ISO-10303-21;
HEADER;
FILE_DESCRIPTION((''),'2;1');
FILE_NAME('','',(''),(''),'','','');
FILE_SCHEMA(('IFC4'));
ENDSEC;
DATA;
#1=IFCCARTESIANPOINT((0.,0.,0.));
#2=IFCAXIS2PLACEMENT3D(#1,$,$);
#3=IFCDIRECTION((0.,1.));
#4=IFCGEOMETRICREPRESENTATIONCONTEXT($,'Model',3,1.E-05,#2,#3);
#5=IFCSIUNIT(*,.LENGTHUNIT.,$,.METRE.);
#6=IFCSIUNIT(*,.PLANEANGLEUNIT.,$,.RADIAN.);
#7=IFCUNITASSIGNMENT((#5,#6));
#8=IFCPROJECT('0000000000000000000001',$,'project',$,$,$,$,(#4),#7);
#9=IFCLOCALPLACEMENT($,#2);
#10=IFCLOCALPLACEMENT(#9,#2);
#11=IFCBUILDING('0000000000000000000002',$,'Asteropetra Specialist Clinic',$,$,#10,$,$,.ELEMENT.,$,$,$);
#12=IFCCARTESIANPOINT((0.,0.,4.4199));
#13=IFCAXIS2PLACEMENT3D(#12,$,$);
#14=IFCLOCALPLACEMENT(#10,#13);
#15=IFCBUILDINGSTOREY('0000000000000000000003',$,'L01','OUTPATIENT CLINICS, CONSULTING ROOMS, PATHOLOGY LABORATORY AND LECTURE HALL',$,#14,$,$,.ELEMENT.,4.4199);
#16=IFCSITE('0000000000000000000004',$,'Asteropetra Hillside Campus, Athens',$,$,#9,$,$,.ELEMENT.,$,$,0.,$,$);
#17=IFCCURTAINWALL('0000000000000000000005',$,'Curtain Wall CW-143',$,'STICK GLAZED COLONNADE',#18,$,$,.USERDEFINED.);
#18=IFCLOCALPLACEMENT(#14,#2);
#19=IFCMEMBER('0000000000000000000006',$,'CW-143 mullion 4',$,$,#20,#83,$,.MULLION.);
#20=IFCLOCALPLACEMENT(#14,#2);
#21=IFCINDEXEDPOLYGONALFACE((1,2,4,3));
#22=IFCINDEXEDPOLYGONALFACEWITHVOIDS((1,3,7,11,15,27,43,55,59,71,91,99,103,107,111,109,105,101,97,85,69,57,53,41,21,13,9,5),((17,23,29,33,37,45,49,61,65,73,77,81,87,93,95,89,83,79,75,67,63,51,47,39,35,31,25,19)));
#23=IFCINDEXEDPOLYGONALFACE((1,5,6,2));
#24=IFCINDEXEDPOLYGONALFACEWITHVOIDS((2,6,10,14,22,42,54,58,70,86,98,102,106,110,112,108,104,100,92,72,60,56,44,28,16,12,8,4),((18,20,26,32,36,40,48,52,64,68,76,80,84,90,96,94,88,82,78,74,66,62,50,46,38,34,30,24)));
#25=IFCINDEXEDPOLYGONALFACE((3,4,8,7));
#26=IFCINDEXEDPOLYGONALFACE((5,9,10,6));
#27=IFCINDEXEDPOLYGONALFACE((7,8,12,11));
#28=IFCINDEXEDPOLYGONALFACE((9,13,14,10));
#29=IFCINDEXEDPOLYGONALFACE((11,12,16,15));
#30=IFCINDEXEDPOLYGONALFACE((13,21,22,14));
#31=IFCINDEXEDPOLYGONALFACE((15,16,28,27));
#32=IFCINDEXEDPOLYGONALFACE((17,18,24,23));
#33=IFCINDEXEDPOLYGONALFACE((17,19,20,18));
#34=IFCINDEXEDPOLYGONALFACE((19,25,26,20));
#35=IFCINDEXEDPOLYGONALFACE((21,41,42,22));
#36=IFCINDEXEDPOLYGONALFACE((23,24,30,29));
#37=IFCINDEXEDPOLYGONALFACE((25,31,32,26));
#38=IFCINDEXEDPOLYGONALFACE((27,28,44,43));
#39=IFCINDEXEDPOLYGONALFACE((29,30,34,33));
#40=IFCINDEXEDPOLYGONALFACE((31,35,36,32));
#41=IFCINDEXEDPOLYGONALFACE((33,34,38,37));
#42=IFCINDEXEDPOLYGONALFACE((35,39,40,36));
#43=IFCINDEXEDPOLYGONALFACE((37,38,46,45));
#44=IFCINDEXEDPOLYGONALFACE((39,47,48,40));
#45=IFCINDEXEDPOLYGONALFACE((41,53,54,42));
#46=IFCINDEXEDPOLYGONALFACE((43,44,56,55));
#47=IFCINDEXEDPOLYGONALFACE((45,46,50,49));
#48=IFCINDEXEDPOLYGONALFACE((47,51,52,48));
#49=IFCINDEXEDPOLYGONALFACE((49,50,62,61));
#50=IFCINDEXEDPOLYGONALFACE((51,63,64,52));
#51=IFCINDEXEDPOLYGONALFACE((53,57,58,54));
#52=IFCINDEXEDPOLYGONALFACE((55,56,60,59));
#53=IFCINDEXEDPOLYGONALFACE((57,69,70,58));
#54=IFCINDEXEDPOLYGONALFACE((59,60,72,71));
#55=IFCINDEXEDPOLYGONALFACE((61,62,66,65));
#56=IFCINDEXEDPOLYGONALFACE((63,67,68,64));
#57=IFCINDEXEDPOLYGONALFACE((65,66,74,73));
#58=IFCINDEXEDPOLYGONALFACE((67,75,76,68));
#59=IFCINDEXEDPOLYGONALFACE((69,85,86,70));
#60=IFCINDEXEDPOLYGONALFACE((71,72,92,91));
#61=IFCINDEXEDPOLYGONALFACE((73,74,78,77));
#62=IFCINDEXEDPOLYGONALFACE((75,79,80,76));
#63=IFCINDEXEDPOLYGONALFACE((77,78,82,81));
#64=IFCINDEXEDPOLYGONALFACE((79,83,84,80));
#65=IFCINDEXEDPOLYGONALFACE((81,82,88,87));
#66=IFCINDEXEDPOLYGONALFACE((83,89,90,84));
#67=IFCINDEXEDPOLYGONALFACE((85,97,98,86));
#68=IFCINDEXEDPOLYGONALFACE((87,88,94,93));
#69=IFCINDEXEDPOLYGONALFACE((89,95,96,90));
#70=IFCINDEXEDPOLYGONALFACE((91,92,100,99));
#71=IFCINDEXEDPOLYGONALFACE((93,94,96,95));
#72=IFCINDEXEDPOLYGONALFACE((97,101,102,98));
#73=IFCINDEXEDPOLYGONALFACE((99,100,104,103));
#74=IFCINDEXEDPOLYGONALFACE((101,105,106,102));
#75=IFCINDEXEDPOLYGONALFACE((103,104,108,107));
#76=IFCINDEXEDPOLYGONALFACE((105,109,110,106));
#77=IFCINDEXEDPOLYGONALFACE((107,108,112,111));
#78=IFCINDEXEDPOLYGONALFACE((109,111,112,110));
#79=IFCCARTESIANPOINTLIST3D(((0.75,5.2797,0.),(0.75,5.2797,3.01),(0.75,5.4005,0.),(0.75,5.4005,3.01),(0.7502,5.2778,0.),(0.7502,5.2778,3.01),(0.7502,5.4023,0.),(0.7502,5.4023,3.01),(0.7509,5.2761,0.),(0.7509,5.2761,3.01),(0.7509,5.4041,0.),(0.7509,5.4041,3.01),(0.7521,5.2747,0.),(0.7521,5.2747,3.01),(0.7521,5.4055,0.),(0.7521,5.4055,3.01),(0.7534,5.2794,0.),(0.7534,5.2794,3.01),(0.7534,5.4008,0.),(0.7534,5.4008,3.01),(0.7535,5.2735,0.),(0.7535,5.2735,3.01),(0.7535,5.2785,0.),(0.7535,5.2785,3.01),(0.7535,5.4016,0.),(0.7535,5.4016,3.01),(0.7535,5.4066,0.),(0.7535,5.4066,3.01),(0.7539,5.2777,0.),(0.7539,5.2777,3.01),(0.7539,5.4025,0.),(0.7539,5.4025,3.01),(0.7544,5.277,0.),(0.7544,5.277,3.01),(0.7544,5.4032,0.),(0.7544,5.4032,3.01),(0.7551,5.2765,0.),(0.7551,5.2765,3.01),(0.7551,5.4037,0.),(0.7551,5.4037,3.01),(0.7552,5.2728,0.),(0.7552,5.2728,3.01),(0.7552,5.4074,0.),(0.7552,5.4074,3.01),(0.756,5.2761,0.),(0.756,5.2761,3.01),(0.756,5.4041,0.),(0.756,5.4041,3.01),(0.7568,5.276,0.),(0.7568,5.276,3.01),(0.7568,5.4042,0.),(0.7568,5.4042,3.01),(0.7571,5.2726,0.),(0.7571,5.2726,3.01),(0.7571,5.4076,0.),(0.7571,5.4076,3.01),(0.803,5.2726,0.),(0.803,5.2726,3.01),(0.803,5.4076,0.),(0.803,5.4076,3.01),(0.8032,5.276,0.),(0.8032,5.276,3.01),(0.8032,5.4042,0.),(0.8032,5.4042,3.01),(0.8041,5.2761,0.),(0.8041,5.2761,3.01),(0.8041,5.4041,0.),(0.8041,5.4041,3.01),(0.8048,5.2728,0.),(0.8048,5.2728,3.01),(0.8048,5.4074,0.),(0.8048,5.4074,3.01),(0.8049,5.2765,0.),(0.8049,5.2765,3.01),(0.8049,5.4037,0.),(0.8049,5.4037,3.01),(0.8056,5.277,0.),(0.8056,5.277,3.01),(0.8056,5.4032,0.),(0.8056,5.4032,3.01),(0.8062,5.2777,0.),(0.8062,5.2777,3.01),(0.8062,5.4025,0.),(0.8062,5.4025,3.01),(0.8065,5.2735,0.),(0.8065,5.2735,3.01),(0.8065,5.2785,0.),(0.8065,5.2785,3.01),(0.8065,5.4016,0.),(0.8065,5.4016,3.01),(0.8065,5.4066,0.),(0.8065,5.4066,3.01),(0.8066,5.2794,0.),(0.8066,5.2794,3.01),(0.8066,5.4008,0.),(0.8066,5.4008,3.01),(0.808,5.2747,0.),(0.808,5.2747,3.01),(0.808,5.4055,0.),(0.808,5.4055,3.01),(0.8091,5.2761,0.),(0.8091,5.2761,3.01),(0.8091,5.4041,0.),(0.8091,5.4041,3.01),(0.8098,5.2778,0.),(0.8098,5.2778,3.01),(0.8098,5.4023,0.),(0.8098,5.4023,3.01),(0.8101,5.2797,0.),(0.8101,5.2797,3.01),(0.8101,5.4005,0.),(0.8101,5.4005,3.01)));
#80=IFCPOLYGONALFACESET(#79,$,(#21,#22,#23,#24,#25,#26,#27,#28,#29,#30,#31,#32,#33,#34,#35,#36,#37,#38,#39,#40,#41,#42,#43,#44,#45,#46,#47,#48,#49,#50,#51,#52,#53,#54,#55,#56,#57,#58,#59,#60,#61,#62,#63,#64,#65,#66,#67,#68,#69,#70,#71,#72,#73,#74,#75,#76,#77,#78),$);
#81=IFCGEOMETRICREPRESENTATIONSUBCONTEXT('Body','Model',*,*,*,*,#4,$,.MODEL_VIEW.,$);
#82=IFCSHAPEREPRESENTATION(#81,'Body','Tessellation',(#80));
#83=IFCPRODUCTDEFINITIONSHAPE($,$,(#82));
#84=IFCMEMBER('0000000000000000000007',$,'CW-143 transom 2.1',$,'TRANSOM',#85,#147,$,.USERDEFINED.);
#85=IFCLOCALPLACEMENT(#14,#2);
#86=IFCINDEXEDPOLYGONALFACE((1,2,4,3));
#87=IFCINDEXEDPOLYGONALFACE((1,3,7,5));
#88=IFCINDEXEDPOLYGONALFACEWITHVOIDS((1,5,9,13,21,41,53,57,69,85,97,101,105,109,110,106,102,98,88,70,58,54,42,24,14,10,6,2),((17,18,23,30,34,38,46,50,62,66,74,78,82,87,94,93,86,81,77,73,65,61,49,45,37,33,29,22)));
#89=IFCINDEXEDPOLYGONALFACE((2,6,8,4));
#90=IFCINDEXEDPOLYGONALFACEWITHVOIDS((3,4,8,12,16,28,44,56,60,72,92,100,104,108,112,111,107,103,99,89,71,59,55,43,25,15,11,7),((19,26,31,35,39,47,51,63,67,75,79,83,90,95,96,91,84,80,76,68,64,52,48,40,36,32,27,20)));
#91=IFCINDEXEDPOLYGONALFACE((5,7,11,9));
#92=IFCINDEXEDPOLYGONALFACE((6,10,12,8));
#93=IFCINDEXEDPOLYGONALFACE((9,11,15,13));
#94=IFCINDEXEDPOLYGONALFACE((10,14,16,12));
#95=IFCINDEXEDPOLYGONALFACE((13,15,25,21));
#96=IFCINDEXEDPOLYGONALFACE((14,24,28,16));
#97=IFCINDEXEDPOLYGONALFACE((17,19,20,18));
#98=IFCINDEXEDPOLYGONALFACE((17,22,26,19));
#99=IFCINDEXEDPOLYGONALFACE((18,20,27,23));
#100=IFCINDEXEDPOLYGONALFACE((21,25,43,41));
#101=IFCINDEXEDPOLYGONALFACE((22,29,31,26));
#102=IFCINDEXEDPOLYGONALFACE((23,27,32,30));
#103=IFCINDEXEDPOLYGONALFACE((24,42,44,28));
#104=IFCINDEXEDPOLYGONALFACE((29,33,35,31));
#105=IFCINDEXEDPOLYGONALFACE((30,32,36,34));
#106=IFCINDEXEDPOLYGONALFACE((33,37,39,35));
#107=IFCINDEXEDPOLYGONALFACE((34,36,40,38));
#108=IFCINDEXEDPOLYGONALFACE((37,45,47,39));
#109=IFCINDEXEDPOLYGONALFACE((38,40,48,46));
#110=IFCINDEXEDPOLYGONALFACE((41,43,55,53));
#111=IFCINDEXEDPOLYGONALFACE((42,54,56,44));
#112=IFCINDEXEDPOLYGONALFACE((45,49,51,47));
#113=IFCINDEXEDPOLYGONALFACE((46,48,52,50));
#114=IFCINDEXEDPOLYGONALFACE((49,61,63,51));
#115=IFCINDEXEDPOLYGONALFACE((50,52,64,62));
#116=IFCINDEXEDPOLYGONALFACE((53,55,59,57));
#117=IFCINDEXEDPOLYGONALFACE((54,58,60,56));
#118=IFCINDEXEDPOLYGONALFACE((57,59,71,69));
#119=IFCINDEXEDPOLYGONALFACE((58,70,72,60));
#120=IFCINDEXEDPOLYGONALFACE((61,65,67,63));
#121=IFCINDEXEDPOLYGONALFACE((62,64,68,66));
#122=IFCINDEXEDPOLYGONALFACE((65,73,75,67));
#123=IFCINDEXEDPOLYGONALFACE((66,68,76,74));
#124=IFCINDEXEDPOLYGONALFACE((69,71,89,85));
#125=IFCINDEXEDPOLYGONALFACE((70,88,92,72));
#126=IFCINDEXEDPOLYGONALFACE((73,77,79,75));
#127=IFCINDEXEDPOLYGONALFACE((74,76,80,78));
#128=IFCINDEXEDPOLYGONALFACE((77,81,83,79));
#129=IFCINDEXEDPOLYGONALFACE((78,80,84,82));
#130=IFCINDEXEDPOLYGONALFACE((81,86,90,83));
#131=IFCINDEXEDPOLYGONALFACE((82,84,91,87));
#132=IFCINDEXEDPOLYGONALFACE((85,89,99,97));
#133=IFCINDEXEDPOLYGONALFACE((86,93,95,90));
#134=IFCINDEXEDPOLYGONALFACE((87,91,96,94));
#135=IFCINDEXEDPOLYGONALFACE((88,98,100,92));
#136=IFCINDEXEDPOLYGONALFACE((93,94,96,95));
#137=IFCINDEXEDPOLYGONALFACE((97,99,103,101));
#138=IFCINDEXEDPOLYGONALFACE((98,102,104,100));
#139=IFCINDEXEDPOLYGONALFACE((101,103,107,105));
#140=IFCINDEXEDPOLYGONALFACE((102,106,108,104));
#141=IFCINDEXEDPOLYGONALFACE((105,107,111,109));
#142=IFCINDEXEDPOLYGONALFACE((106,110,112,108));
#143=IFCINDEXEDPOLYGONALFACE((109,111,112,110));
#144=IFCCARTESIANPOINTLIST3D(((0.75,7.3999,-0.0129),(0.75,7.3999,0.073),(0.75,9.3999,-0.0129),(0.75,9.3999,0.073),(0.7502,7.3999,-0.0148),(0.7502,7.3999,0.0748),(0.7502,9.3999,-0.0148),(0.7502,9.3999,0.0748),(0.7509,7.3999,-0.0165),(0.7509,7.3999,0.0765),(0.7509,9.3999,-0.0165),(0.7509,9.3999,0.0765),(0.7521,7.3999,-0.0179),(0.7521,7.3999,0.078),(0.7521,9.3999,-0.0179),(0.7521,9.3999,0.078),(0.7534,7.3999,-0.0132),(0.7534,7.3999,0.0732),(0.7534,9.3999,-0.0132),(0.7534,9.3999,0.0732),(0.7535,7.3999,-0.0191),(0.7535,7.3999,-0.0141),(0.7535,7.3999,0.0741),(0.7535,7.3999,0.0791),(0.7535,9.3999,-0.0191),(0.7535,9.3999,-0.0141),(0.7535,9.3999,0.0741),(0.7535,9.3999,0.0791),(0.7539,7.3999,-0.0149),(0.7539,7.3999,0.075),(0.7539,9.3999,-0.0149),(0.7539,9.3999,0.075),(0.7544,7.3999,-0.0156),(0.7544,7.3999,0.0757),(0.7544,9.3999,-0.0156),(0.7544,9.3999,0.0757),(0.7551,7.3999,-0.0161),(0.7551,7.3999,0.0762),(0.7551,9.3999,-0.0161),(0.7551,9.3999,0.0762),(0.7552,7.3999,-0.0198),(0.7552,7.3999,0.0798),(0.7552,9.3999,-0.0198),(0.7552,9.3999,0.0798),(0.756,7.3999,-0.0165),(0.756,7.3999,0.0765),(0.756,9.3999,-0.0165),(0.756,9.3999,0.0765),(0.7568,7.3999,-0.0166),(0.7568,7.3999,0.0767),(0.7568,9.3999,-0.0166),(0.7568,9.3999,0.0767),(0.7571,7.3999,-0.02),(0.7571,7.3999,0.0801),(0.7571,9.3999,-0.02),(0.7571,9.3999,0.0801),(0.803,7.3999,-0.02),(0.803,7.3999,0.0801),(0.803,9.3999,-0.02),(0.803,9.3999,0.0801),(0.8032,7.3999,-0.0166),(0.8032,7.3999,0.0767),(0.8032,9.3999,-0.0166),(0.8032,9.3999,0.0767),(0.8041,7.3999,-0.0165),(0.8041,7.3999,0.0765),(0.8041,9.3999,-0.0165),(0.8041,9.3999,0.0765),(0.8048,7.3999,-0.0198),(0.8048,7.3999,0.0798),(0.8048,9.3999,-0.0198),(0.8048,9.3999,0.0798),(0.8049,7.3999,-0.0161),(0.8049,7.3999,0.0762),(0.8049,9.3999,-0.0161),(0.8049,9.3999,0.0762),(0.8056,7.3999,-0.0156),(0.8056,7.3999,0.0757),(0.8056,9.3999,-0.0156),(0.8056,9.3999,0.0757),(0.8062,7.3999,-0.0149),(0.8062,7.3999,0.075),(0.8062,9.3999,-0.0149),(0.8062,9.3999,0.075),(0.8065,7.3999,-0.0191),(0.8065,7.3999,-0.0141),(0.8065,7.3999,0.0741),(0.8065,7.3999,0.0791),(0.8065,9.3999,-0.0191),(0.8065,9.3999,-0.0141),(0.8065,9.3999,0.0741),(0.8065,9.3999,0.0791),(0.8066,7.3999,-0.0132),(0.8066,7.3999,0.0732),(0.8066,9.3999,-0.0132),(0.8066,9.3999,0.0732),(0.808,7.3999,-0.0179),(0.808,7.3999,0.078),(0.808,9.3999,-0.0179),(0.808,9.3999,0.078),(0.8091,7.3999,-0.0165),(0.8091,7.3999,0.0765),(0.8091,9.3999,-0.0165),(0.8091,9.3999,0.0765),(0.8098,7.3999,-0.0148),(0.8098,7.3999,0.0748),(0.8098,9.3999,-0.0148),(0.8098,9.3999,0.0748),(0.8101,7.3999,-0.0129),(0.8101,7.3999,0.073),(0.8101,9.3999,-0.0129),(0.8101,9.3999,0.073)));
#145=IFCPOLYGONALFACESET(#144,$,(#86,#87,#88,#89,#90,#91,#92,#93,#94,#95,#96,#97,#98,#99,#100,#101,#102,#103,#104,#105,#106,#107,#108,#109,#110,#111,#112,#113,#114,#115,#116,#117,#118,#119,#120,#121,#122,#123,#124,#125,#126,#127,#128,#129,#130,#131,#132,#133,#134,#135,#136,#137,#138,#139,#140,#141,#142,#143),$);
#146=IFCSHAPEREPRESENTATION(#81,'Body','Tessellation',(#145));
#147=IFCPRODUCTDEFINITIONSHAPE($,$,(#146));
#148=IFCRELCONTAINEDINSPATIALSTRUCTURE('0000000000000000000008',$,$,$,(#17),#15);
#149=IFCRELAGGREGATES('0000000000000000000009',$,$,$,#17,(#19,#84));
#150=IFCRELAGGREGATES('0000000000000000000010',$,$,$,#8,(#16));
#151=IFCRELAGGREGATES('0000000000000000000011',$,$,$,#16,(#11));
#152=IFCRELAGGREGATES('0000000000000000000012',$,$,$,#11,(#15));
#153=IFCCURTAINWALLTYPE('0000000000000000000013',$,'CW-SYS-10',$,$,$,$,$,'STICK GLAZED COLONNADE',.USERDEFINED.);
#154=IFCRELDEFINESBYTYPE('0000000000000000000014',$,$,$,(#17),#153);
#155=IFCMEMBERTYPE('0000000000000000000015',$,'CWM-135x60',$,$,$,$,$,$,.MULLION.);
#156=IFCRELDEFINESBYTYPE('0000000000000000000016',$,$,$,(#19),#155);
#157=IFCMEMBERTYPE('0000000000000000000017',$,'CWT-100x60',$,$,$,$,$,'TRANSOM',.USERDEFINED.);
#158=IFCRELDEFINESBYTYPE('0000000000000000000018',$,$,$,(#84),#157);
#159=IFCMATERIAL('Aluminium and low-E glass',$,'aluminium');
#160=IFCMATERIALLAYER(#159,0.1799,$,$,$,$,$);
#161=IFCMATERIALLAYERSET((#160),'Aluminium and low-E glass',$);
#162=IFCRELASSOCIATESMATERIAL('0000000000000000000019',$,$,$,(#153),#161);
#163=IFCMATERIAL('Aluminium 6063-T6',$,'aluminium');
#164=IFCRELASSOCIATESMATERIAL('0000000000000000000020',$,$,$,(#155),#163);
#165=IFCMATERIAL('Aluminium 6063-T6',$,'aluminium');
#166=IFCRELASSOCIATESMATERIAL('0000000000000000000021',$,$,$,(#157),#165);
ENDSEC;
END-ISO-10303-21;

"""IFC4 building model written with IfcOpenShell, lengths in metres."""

from ifc_helpers import new_model, si_unit, direction, frame, origin, origin_2d, place, context, subcontext, project, spatial, hollow_rectangle, extrude, material, layer, layer_set, material_profile, profile_set, type_object, element, aggregate, save


model = new_model("IFC4")

# Units and contexts
model_context = context("Model", 3, precision=1e-05, world=origin(), true_north=direction((0.0, 1.0)))
body_context = subcontext(model_context, "Body", "Model", "MODEL_VIEW")
ifc_project = project(units=[si_unit("LENGTHUNIT", "METRE"), si_unit("PLANEANGLEUNIT", "RADIAN")], contexts=[model_context])

# Site, building, storey
site_placement = place(None, origin())
site = spatial("IfcSite", under=ifc_project, at=site_placement, Name="Asteropetra Hillside Campus, Athens", CompositionType="ELEMENT", RefElevation=0.0)
building_placement = place(site_placement, origin())
building = spatial("IfcBuilding", under=site, at=building_placement, Name="Asteropetra Specialist Clinic", CompositionType="ELEMENT")
storey_placement = place(building_placement, frame((0.0, 0.0, 4.4199)))
storey = spatial("IfcBuildingStorey", under=building, at=storey_placement, Name="L01", Description="OUTPATIENT CLINICS, CONSULTING ROOMS, PATHOLOGY LABORATORY AND LECTURE HALL", CompositionType="ELEMENT", Elevation=4.4199)

# Curtain wall, members
ifc_material_1 = material(Name="Aluminium and low-E glass", Category="aluminium")
ifc_layer_1 = layer(ifc_material_1, 0.1799)
ifc_layer_set_1 = layer_set([ifc_layer_1], Name="Aluminium and low-E glass")
curtain_wall_type = type_object("IfcCurtainWallType", Name="CW-SYS-10", ElementType="STICK GLAZED COLONNADE", PredefinedType="USERDEFINED", material=ifc_layer_set_1)
curtain_wall_placement = place(storey_placement, origin())
curtain_wall = element("IfcCurtainWall", 1, at=curtain_wall_placement, inside=storey, type_object=curtain_wall_type, Name="Curtain Wall CW-143", ObjectType="STICK GLAZED COLONNADE", PredefinedType="USERDEFINED")
ifc_material_2 = material(Name="Aluminium 6063-T6", Category="aluminium")
ifc_material_profile_1 = material_profile(ifc_material_2, hollow_rectangle(XDim=0.0601, YDim=0.135, WallThickness=0.0034, InnerFilletRadius=0.0034, OuterFilletRadius=0.0071, at=origin_2d()), Name="MUL 135x60x3.5")
ifc_profile_set_1 = profile_set([ifc_material_profile_1], Name="Aluminium 6063-T6")
member_type_1 = type_object("IfcMemberType", Name="CWM-135x60", PredefinedType="MULLION", material=ifc_profile_set_1)
member_1_placement = place(storey_placement, frame((0.78, 5.3401, 0.0), z_axis=(0.0, 0.0, 1.0), x_axis=(1.0, 0.0, 0.0)))
member_1 = element("IfcMember", 2, at=member_1_placement, type_object=member_type_1, Name="CW-143 mullion 4", PredefinedType="MULLION", context=body_context, shape_type="SweptSolid", body=[
    extrude(hollow_rectangle(XDim=0.0601, YDim=0.135, WallThickness=0.0034, InnerFilletRadius=0.0034, OuterFilletRadius=0.0071, at=origin_2d()), origin(), (0.0, 0.0, 1.0), 3.01),
])
ifc_material_3 = material(Name="Aluminium 6063-T6", Category="aluminium")
ifc_material_profile_2 = material_profile(ifc_material_3, hollow_rectangle(XDim=0.0601, YDim=0.1001, WallThickness=0.0034, InnerFilletRadius=0.0034, OuterFilletRadius=0.0071, at=origin_2d()), Name="TRN 100x60x3.5")
ifc_profile_set_2 = profile_set([ifc_material_profile_2], Name="Aluminium 6063-T6")
member_type_2 = type_object("IfcMemberType", Name="CWT-100x60", ElementType="TRANSOM", PredefinedType="USERDEFINED", material=ifc_profile_set_2)
member_2_placement = place(storey_placement, frame((0.78, 9.3999, 0.03), z_axis=(0.0, -1.0, 0.0), x_axis=(1.0, 0.0, 0.0)))
member_2 = element("IfcMember", 3, at=member_2_placement, type_object=member_type_2, Name="CW-143 transom 2.1", ObjectType="TRANSOM", PredefinedType="USERDEFINED", context=body_context, shape_type="SweptSolid", body=[
    extrude(hollow_rectangle(XDim=0.0601, YDim=0.1001, WallThickness=0.0034, InnerFilletRadius=0.0034, OuterFilletRadius=0.0071, at=origin_2d()), origin(), (0.0, 0.0, 1.0), 2.0),
])

aggregate(curtain_wall, [member_1, member_2])

save(model, "model.ifc")
